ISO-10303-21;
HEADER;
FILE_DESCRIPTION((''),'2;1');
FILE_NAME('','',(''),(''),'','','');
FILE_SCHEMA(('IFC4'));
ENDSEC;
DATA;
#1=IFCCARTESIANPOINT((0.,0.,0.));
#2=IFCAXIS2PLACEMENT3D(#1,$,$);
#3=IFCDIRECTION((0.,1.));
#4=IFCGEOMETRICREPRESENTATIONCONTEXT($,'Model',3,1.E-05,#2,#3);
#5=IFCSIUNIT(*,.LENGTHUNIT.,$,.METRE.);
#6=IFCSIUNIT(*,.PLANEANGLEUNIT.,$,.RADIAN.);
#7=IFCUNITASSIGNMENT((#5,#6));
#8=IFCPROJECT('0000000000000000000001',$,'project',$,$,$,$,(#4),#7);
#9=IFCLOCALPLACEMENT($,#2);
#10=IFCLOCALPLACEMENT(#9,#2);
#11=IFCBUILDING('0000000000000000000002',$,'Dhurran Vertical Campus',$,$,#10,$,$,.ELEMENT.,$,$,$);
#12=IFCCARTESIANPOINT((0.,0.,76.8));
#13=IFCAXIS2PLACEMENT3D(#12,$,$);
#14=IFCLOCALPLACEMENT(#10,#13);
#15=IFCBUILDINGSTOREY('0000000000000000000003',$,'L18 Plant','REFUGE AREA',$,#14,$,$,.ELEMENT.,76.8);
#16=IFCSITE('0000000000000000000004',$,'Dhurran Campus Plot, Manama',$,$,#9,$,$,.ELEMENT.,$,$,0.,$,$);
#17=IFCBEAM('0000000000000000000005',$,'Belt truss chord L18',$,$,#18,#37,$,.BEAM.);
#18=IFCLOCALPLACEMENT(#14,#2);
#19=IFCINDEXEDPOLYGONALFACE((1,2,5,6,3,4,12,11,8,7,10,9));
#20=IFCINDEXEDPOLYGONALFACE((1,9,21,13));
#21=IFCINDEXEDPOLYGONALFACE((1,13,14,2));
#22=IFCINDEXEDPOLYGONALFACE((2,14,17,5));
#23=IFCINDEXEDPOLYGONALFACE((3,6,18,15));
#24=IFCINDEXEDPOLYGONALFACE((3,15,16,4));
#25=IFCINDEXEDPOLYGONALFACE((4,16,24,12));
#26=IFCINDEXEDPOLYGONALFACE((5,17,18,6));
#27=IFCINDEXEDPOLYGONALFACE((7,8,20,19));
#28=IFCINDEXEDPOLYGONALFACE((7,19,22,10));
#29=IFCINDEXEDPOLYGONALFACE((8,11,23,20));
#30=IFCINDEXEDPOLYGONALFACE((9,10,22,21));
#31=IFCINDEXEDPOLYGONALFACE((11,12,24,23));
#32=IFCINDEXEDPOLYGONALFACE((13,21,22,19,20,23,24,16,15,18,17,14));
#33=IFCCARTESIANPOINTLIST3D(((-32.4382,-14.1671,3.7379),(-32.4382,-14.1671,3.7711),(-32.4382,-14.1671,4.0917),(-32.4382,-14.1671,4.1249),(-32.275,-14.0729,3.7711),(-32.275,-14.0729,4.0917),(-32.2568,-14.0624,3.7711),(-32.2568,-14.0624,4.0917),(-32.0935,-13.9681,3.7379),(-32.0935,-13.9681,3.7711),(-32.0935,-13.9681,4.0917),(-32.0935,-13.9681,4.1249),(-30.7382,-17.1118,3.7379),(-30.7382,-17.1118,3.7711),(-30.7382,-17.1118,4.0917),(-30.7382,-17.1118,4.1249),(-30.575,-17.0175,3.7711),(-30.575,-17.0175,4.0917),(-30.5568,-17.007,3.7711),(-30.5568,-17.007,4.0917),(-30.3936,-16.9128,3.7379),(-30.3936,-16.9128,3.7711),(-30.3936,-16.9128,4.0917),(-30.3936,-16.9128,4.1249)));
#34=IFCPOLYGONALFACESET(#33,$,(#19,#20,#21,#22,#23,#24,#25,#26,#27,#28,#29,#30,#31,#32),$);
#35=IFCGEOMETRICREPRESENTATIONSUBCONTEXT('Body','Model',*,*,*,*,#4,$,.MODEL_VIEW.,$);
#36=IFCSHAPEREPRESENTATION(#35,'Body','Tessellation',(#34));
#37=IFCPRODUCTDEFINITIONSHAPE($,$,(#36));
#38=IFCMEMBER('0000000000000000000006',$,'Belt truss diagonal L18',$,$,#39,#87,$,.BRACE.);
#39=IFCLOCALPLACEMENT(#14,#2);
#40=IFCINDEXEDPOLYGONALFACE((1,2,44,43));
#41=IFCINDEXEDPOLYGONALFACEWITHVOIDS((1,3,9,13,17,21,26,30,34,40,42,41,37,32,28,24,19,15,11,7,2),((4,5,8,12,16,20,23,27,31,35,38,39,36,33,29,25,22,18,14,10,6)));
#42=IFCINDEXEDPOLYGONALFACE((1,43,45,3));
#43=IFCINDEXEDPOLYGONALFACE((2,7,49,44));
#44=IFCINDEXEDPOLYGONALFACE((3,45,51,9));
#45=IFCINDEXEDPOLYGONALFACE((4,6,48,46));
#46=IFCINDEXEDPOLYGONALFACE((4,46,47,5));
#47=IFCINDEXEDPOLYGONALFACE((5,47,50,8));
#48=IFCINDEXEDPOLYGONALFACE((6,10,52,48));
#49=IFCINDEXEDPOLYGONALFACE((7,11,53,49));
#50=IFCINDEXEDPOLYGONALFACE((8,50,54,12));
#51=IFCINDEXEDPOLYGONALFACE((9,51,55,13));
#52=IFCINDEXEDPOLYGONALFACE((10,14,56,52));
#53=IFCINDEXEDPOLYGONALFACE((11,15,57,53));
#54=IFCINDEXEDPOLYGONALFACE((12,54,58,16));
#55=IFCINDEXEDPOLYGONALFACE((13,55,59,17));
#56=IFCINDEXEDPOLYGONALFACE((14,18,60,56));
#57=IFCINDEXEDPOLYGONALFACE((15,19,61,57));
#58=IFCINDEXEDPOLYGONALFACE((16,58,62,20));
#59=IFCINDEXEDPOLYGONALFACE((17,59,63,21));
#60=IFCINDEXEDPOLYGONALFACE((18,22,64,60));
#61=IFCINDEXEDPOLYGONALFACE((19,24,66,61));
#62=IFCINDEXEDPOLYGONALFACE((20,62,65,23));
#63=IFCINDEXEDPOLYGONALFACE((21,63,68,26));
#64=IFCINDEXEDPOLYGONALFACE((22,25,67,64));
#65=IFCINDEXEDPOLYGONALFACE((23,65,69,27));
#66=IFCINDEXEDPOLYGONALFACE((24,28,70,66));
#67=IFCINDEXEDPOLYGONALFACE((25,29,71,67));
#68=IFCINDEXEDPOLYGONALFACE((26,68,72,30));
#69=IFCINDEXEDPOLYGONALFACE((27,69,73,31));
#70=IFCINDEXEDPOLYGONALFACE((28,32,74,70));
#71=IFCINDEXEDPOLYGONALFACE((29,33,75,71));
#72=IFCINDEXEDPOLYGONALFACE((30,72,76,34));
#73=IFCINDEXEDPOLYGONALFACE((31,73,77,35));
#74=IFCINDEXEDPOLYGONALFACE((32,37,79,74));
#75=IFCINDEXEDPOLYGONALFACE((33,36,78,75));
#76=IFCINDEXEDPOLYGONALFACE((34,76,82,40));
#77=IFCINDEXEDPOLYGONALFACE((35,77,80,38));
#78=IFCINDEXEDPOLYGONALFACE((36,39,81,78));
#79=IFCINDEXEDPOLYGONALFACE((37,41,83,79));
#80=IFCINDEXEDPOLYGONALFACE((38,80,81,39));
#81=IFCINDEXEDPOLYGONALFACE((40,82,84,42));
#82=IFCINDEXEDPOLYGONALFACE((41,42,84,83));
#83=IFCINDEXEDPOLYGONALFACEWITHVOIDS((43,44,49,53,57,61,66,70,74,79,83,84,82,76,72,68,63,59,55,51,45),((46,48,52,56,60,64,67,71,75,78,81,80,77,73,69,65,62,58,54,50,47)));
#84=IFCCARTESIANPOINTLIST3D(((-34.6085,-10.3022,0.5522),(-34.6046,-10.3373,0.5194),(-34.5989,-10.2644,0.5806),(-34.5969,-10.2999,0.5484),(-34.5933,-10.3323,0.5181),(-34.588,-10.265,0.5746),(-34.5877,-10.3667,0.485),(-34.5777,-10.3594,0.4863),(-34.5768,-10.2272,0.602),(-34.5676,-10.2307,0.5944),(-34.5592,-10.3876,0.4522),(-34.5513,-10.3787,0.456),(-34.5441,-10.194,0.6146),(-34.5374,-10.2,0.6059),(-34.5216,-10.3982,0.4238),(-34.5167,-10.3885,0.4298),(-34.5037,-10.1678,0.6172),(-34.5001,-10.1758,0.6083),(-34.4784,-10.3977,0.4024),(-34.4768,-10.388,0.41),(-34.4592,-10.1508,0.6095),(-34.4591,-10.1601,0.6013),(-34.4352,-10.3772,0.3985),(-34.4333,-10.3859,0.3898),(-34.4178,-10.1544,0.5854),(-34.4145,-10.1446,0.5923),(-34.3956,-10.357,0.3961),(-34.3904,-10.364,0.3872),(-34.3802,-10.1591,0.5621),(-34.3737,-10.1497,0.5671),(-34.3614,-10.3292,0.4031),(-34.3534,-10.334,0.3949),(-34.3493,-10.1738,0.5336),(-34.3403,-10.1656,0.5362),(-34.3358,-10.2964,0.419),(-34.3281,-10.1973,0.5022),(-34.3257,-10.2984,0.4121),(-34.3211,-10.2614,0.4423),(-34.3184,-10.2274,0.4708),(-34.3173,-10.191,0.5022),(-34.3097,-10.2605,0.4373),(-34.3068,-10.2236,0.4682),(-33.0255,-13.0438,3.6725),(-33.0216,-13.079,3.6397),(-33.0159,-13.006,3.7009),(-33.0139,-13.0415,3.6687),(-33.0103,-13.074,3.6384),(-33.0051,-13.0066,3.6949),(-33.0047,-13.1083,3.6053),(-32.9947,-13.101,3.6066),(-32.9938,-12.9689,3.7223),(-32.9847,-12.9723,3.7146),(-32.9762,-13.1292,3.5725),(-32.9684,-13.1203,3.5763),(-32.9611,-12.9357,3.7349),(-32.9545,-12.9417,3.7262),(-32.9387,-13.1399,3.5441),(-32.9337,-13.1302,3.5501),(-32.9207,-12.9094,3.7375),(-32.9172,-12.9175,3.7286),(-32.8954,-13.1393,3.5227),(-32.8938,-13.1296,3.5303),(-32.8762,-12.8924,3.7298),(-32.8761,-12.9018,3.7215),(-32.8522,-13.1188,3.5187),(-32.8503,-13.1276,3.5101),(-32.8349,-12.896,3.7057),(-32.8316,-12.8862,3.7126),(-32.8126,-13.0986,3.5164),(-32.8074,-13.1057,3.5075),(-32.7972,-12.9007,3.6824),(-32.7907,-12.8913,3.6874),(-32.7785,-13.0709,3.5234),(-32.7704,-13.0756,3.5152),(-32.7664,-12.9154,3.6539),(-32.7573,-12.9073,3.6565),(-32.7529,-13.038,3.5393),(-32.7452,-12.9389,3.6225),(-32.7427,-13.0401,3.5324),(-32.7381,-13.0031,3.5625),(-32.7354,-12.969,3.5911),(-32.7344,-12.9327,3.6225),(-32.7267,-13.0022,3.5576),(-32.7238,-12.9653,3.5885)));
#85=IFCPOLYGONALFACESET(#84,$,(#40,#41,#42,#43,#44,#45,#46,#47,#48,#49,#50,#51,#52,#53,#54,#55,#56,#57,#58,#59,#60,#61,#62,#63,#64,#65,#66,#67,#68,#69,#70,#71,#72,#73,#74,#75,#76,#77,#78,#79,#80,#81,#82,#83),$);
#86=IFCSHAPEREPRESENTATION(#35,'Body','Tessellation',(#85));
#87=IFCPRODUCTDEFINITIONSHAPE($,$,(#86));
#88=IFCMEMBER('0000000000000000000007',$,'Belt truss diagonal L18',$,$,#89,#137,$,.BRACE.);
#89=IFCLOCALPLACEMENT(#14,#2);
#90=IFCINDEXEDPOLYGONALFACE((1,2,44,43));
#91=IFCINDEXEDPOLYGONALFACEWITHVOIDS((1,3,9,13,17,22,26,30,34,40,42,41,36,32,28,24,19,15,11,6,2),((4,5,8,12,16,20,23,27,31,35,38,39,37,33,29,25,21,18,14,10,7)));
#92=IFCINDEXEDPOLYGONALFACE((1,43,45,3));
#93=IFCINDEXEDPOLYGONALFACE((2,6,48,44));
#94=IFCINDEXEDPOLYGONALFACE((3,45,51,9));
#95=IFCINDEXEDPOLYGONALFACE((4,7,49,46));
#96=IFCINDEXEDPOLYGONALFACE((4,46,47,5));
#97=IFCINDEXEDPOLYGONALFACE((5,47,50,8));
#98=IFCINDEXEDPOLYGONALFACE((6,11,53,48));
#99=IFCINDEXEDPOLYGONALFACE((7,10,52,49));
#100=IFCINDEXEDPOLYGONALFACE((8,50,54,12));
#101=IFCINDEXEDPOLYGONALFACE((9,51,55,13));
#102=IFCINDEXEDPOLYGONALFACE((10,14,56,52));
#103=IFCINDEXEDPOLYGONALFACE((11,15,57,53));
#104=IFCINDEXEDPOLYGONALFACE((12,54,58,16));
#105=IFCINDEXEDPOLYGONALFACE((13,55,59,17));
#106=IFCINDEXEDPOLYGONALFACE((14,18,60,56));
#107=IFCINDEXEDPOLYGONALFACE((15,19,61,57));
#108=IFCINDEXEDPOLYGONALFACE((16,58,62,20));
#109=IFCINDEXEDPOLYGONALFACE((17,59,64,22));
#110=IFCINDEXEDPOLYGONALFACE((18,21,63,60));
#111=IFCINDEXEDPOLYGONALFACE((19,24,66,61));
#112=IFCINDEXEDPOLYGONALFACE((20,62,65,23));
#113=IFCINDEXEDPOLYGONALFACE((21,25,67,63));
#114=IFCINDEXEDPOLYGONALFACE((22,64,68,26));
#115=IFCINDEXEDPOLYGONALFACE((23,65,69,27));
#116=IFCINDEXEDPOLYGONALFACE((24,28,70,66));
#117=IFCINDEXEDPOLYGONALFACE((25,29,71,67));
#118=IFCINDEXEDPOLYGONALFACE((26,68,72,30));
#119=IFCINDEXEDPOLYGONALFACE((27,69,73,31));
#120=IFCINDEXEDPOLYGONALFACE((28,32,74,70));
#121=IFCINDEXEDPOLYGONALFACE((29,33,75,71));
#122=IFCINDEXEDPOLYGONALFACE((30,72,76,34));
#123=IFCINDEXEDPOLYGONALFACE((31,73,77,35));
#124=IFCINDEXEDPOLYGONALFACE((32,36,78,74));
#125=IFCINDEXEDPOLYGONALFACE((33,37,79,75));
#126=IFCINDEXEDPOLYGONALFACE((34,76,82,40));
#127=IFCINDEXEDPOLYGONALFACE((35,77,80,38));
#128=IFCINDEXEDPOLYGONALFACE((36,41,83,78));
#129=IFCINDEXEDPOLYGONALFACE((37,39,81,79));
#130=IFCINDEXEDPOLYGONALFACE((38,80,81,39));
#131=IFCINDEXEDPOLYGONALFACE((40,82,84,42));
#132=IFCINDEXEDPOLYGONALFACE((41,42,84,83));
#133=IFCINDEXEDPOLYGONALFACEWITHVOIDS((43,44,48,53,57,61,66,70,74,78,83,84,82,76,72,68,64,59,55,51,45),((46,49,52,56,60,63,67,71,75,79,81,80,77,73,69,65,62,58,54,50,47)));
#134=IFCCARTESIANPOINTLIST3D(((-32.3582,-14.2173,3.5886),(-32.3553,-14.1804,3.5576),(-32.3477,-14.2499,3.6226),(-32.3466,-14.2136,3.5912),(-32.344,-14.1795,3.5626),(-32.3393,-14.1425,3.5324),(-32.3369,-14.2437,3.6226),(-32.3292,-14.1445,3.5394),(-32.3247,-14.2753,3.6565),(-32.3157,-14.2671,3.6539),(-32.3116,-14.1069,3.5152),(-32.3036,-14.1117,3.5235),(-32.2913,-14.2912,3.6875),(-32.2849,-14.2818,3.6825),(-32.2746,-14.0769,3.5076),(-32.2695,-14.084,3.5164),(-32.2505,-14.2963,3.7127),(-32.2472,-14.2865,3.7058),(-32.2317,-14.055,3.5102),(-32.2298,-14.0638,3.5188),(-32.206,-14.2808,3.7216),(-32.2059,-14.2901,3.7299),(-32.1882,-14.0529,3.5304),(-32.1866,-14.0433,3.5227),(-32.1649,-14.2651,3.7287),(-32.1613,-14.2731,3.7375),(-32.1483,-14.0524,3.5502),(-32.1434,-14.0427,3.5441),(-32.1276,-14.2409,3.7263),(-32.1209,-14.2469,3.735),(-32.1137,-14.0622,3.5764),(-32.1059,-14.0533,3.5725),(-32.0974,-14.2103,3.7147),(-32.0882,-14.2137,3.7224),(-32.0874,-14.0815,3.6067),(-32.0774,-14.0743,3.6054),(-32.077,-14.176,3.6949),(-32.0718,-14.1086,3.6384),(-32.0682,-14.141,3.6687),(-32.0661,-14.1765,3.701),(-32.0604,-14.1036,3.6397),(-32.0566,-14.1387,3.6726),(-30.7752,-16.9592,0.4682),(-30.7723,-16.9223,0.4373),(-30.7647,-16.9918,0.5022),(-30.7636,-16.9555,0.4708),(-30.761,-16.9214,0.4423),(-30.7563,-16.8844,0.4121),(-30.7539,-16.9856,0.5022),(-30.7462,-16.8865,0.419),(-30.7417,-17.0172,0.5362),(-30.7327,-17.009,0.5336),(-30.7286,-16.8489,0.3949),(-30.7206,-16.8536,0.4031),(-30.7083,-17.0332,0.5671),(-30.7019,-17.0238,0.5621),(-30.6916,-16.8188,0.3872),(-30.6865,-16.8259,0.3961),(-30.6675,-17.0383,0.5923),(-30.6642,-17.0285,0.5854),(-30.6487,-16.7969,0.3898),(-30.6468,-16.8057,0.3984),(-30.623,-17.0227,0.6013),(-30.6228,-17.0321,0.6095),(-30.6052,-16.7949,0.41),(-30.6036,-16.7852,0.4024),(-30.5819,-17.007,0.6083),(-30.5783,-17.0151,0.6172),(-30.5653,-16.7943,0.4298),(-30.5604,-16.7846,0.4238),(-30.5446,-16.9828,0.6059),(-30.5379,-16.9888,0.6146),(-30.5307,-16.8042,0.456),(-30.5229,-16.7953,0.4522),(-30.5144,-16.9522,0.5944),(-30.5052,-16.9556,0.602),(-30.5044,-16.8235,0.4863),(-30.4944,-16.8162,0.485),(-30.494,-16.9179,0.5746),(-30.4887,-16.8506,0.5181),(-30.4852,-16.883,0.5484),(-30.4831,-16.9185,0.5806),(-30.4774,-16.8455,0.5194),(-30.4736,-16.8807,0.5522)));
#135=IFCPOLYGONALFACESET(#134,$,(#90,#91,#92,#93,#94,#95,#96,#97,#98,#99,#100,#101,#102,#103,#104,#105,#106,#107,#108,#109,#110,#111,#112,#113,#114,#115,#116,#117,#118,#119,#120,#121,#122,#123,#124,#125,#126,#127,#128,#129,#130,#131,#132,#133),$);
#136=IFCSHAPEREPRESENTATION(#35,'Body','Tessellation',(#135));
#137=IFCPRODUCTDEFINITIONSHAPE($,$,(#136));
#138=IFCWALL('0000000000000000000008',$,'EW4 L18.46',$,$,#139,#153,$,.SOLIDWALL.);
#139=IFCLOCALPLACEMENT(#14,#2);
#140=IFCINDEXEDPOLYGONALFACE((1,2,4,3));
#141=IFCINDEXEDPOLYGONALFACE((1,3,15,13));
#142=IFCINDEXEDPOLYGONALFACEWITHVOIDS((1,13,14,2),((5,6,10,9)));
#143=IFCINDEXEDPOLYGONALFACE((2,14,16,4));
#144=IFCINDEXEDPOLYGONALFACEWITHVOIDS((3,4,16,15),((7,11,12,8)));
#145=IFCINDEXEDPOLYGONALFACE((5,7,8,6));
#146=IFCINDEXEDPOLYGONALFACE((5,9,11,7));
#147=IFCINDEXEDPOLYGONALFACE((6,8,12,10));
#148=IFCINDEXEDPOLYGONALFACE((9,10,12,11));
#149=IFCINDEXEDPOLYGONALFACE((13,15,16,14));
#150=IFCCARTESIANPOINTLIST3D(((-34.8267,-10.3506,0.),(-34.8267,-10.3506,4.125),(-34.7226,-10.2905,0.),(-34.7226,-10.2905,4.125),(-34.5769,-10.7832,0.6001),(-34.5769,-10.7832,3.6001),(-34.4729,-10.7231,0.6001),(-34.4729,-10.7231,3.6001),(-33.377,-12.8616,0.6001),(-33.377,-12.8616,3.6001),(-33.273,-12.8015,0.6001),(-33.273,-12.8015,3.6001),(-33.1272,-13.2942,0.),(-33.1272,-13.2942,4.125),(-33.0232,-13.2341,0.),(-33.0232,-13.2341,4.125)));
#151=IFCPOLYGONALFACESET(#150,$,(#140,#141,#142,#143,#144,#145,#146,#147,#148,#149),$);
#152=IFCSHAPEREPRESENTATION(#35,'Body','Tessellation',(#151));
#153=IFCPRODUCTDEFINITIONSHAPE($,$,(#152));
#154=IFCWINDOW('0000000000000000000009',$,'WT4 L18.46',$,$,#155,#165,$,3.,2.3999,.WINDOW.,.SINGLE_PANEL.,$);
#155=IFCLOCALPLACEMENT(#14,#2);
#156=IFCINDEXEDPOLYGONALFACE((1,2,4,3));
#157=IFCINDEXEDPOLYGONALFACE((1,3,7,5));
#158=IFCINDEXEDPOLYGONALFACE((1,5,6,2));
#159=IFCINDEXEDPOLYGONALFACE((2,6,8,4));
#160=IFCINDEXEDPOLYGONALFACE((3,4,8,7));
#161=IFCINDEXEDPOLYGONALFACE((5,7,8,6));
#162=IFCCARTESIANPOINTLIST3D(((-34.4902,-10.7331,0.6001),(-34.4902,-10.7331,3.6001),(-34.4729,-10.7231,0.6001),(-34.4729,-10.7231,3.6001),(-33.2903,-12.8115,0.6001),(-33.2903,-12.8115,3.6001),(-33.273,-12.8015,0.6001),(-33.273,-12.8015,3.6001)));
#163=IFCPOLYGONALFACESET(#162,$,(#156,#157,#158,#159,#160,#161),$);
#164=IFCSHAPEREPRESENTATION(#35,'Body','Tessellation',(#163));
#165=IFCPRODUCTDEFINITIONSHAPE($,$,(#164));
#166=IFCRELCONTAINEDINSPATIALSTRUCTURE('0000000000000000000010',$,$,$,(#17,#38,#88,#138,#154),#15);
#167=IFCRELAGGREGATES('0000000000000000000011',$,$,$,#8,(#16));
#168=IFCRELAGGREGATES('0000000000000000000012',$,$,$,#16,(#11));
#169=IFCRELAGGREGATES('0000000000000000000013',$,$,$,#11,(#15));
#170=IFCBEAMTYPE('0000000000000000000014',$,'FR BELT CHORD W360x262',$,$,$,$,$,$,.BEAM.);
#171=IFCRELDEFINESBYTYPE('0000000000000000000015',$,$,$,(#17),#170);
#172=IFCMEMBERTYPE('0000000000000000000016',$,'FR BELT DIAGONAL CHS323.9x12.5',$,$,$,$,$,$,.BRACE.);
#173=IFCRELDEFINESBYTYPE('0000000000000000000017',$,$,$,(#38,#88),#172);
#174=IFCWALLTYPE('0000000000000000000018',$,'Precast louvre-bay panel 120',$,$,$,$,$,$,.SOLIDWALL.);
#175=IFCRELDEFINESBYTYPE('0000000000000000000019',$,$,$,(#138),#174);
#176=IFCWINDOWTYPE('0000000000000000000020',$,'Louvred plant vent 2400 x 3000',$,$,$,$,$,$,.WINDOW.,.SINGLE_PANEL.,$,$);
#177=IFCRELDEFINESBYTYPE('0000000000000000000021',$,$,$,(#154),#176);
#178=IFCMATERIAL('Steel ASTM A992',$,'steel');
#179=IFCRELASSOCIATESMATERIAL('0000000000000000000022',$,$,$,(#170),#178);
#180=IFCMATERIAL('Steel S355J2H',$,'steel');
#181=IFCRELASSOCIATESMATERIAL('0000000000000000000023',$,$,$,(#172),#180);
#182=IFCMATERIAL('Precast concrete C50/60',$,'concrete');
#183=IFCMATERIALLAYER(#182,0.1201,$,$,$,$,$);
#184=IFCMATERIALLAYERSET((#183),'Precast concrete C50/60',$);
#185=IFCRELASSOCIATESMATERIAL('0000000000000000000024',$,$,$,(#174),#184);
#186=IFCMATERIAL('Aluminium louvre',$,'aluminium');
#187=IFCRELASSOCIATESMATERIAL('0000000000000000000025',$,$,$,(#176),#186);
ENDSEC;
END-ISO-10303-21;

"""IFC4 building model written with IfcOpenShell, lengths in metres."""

from ifc_helpers import new_model, si_unit, direction, frame, frame_2d, origin, origin_2d, place, context, subcontext, project, spatial, rectangle, hollow_circle, i_section, extrude, material, layer, layer_set, material_profile, profile_set, type_object, element, fill, save


model = new_model("IFC4")

# Units and contexts
model_context = context("Model", 3, precision=1e-05, world=origin(), true_north=direction((0.0, 1.0)))
body_context = subcontext(model_context, "Body", "Model", "MODEL_VIEW")
ifc_project = project(units=[si_unit("LENGTHUNIT", "METRE"), si_unit("PLANEANGLEUNIT", "RADIAN")], contexts=[model_context])

# Site, building, storey
site_placement = place(None, origin())
site = spatial("IfcSite", under=ifc_project, at=site_placement, Name="Dhurran Campus Plot, Manama", CompositionType="ELEMENT", RefElevation=0.0)
building_placement = place(site_placement, origin())
building = spatial("IfcBuilding", under=site, at=building_placement, Name="Dhurran Vertical Campus", CompositionType="ELEMENT")
storey_placement = place(building_placement, frame((0.0, 0.0, 76.8)))
storey = spatial("IfcBuildingStorey", under=building, at=storey_placement, Name="L18 Plant", Description="REFUGE AREA", CompositionType="ELEMENT", Elevation=76.8)

# Beam
ifc_material_1 = material(Name="Steel ASTM A992", Category="steel")
ifc_material_profile_1 = material_profile(ifc_material_1, i_section(OverallWidth=0.3979, OverallDepth=0.387, WebThickness=0.021, FlangeThickness=0.0332, at=origin_2d()), Name="W360x262")
ifc_profile_set_1 = profile_set([ifc_material_profile_1], Name="Steel ASTM A992")
beam_type = type_object("IfcBeamType", Name="FR BELT CHORD W360x262", PredefinedType="BEAM", material=ifc_profile_set_1)
for number, where, z_axis, x_axis, name in (
    (1, (-32.2659, -14.0676, 3.9314), (0.499977, -0.866039, 0.0), (0.866039, 0.499977, 0.0), "Belt truss chord L18"),
):
    element("IfcBeam", number, at=place(storey_placement, frame(where, z_axis=z_axis, x_axis=x_axis)), inside=storey, type_object=beam_type, Name=name, PredefinedType="BEAM", context=body_context, shape_type="SweptSolid", body=[
        extrude(i_section(OverallWidth=0.3979, OverallDepth=0.387, WebThickness=0.021, FlangeThickness=0.0332, at=origin_2d()), origin(), (0.0, 0.0, 1.0), 3.4001),
    ])

# Members
ifc_material_2 = material(Name="Steel S355J2H", Category="steel")
ifc_material_profile_2 = material_profile(ifc_material_2, hollow_circle(Radius=0.1619, WallThickness=0.0125, at=origin_2d()), Name="CHS323.9x12.5")
ifc_profile_set_2 = profile_set([ifc_material_profile_2], Name="Steel S355J2H")
member_type = type_object("IfcMemberType", Name="FR BELT DIAGONAL CHS323.9x12.5", PredefinedType="BRACE", material=ifc_profile_set_2)
member_1_placement = place(storey_placement, frame((-34.4575, -10.272, 0.5022), z_axis=(0.356119, -0.616782, 0.701968), x_axis=(0.866013, 0.500021, 0.0)))
element("IfcMember", 2, at=member_1_placement, inside=storey, type_object=member_type, Name="Belt truss diagonal L18", PredefinedType="BRACE", context=body_context, shape_type="SweptSolid", body=[
    extrude(hollow_circle(Radius=0.1619, WallThickness=0.0125, at=origin_2d()), origin(), (0.0, 0.0, 1.0), 4.4451),
])
member_2_placement = place(storey_placement, frame((-30.6245, -16.9109, 0.5022), z_axis=(-0.356107, 0.616816, 0.701944), x_axis=(-0.866033, -0.499987, 0.0)))
element("IfcMember", 3, at=member_2_placement, inside=storey, type_object=member_type, Name="Belt truss diagonal L18", PredefinedType="BRACE", context=body_context, shape_type="SweptSolid", body=[
    extrude(hollow_circle(Radius=0.1619, WallThickness=0.0125, at=origin_2d()), origin(), (0.0, 0.0, 1.0), 4.4453),
])

# Wall, opening, window
ifc_material_3 = material(Name="Precast concrete C50/60", Category="concrete")
ifc_layer_1 = layer(ifc_material_3, 0.1201)
ifc_layer_set_1 = layer_set([ifc_layer_1], Name="Precast concrete C50/60")
wall_type_1 = type_object("IfcWallType", Name="Precast louvre-bay panel 120", PredefinedType="SOLIDWALL", material=ifc_layer_set_1)
wall_1_placement = place(storey_placement, frame((-34.7747, -10.3206, 0.0), z_axis=(0.0, 0.0, 1.0), x_axis=(0.499994, -0.866029, 0.0)))
wall_1 = element("IfcWall", 4, at=wall_1_placement, inside=storey, type_object=wall_type_1, Name="EW4 L18.46", PredefinedType="SOLIDWALL", context=body_context, shape_type="SweptSolid", body=[
    extrude(rectangle(XDim=3.3989, YDim=0.1201, at=frame_2d((1.6995, 0.0))), origin(), (0.0, 0.0, 1.0), 4.125),
])
opening_1_placement = place(wall_1_placement, frame((0.4995, 0.0, 0.6001)))
opening_1 = element("IfcOpeningElement", 5, at=opening_1_placement, cuts=wall_1, PredefinedType="OPENING", context=body_context, shape_type="SweptSolid", body=[
    extrude(rectangle(XDim=2.3999, YDim=3.0, at=frame_2d((1.2, 1.5))), frame((0.0, 0.0701, 0.0), z_axis=(0.0, -1.0, 0.0), x_axis=(1.0, 0.0, 0.0)), (0.0, 0.0, 1.0), 0.1401),
])
ifc_material_4 = material(Name="Aluminium louvre", Category="aluminium")
window_type = type_object("IfcWindowType", Name="Louvred plant vent 2400 x 3000", PartitioningType="SINGLE_PANEL", PredefinedType="WINDOW", material=ifc_material_4)
window_1_placement = place(opening_1_placement, origin())
window_1 = element("IfcWindow", 6, at=window_1_placement, inside=storey, type_object=window_type, Name="WT4 L18.46", OverallHeight=3.0, OverallWidth=2.3999, PartitioningType="SINGLE_PANEL", PredefinedType="WINDOW", context=body_context, shape_type="SweptSolid", body=[
    extrude(rectangle(XDim=2.3999, YDim=3.0, at=frame_2d((1.2, 1.5))), frame((0.0, 0.0601, 0.0), z_axis=(0.0, -1.0, 0.0), x_axis=(1.0, 0.0, 0.0)), (0.0, 0.0, 1.0), 0.02),
])
fill(opening_1, window_1)

save(model, "model.ifc")
